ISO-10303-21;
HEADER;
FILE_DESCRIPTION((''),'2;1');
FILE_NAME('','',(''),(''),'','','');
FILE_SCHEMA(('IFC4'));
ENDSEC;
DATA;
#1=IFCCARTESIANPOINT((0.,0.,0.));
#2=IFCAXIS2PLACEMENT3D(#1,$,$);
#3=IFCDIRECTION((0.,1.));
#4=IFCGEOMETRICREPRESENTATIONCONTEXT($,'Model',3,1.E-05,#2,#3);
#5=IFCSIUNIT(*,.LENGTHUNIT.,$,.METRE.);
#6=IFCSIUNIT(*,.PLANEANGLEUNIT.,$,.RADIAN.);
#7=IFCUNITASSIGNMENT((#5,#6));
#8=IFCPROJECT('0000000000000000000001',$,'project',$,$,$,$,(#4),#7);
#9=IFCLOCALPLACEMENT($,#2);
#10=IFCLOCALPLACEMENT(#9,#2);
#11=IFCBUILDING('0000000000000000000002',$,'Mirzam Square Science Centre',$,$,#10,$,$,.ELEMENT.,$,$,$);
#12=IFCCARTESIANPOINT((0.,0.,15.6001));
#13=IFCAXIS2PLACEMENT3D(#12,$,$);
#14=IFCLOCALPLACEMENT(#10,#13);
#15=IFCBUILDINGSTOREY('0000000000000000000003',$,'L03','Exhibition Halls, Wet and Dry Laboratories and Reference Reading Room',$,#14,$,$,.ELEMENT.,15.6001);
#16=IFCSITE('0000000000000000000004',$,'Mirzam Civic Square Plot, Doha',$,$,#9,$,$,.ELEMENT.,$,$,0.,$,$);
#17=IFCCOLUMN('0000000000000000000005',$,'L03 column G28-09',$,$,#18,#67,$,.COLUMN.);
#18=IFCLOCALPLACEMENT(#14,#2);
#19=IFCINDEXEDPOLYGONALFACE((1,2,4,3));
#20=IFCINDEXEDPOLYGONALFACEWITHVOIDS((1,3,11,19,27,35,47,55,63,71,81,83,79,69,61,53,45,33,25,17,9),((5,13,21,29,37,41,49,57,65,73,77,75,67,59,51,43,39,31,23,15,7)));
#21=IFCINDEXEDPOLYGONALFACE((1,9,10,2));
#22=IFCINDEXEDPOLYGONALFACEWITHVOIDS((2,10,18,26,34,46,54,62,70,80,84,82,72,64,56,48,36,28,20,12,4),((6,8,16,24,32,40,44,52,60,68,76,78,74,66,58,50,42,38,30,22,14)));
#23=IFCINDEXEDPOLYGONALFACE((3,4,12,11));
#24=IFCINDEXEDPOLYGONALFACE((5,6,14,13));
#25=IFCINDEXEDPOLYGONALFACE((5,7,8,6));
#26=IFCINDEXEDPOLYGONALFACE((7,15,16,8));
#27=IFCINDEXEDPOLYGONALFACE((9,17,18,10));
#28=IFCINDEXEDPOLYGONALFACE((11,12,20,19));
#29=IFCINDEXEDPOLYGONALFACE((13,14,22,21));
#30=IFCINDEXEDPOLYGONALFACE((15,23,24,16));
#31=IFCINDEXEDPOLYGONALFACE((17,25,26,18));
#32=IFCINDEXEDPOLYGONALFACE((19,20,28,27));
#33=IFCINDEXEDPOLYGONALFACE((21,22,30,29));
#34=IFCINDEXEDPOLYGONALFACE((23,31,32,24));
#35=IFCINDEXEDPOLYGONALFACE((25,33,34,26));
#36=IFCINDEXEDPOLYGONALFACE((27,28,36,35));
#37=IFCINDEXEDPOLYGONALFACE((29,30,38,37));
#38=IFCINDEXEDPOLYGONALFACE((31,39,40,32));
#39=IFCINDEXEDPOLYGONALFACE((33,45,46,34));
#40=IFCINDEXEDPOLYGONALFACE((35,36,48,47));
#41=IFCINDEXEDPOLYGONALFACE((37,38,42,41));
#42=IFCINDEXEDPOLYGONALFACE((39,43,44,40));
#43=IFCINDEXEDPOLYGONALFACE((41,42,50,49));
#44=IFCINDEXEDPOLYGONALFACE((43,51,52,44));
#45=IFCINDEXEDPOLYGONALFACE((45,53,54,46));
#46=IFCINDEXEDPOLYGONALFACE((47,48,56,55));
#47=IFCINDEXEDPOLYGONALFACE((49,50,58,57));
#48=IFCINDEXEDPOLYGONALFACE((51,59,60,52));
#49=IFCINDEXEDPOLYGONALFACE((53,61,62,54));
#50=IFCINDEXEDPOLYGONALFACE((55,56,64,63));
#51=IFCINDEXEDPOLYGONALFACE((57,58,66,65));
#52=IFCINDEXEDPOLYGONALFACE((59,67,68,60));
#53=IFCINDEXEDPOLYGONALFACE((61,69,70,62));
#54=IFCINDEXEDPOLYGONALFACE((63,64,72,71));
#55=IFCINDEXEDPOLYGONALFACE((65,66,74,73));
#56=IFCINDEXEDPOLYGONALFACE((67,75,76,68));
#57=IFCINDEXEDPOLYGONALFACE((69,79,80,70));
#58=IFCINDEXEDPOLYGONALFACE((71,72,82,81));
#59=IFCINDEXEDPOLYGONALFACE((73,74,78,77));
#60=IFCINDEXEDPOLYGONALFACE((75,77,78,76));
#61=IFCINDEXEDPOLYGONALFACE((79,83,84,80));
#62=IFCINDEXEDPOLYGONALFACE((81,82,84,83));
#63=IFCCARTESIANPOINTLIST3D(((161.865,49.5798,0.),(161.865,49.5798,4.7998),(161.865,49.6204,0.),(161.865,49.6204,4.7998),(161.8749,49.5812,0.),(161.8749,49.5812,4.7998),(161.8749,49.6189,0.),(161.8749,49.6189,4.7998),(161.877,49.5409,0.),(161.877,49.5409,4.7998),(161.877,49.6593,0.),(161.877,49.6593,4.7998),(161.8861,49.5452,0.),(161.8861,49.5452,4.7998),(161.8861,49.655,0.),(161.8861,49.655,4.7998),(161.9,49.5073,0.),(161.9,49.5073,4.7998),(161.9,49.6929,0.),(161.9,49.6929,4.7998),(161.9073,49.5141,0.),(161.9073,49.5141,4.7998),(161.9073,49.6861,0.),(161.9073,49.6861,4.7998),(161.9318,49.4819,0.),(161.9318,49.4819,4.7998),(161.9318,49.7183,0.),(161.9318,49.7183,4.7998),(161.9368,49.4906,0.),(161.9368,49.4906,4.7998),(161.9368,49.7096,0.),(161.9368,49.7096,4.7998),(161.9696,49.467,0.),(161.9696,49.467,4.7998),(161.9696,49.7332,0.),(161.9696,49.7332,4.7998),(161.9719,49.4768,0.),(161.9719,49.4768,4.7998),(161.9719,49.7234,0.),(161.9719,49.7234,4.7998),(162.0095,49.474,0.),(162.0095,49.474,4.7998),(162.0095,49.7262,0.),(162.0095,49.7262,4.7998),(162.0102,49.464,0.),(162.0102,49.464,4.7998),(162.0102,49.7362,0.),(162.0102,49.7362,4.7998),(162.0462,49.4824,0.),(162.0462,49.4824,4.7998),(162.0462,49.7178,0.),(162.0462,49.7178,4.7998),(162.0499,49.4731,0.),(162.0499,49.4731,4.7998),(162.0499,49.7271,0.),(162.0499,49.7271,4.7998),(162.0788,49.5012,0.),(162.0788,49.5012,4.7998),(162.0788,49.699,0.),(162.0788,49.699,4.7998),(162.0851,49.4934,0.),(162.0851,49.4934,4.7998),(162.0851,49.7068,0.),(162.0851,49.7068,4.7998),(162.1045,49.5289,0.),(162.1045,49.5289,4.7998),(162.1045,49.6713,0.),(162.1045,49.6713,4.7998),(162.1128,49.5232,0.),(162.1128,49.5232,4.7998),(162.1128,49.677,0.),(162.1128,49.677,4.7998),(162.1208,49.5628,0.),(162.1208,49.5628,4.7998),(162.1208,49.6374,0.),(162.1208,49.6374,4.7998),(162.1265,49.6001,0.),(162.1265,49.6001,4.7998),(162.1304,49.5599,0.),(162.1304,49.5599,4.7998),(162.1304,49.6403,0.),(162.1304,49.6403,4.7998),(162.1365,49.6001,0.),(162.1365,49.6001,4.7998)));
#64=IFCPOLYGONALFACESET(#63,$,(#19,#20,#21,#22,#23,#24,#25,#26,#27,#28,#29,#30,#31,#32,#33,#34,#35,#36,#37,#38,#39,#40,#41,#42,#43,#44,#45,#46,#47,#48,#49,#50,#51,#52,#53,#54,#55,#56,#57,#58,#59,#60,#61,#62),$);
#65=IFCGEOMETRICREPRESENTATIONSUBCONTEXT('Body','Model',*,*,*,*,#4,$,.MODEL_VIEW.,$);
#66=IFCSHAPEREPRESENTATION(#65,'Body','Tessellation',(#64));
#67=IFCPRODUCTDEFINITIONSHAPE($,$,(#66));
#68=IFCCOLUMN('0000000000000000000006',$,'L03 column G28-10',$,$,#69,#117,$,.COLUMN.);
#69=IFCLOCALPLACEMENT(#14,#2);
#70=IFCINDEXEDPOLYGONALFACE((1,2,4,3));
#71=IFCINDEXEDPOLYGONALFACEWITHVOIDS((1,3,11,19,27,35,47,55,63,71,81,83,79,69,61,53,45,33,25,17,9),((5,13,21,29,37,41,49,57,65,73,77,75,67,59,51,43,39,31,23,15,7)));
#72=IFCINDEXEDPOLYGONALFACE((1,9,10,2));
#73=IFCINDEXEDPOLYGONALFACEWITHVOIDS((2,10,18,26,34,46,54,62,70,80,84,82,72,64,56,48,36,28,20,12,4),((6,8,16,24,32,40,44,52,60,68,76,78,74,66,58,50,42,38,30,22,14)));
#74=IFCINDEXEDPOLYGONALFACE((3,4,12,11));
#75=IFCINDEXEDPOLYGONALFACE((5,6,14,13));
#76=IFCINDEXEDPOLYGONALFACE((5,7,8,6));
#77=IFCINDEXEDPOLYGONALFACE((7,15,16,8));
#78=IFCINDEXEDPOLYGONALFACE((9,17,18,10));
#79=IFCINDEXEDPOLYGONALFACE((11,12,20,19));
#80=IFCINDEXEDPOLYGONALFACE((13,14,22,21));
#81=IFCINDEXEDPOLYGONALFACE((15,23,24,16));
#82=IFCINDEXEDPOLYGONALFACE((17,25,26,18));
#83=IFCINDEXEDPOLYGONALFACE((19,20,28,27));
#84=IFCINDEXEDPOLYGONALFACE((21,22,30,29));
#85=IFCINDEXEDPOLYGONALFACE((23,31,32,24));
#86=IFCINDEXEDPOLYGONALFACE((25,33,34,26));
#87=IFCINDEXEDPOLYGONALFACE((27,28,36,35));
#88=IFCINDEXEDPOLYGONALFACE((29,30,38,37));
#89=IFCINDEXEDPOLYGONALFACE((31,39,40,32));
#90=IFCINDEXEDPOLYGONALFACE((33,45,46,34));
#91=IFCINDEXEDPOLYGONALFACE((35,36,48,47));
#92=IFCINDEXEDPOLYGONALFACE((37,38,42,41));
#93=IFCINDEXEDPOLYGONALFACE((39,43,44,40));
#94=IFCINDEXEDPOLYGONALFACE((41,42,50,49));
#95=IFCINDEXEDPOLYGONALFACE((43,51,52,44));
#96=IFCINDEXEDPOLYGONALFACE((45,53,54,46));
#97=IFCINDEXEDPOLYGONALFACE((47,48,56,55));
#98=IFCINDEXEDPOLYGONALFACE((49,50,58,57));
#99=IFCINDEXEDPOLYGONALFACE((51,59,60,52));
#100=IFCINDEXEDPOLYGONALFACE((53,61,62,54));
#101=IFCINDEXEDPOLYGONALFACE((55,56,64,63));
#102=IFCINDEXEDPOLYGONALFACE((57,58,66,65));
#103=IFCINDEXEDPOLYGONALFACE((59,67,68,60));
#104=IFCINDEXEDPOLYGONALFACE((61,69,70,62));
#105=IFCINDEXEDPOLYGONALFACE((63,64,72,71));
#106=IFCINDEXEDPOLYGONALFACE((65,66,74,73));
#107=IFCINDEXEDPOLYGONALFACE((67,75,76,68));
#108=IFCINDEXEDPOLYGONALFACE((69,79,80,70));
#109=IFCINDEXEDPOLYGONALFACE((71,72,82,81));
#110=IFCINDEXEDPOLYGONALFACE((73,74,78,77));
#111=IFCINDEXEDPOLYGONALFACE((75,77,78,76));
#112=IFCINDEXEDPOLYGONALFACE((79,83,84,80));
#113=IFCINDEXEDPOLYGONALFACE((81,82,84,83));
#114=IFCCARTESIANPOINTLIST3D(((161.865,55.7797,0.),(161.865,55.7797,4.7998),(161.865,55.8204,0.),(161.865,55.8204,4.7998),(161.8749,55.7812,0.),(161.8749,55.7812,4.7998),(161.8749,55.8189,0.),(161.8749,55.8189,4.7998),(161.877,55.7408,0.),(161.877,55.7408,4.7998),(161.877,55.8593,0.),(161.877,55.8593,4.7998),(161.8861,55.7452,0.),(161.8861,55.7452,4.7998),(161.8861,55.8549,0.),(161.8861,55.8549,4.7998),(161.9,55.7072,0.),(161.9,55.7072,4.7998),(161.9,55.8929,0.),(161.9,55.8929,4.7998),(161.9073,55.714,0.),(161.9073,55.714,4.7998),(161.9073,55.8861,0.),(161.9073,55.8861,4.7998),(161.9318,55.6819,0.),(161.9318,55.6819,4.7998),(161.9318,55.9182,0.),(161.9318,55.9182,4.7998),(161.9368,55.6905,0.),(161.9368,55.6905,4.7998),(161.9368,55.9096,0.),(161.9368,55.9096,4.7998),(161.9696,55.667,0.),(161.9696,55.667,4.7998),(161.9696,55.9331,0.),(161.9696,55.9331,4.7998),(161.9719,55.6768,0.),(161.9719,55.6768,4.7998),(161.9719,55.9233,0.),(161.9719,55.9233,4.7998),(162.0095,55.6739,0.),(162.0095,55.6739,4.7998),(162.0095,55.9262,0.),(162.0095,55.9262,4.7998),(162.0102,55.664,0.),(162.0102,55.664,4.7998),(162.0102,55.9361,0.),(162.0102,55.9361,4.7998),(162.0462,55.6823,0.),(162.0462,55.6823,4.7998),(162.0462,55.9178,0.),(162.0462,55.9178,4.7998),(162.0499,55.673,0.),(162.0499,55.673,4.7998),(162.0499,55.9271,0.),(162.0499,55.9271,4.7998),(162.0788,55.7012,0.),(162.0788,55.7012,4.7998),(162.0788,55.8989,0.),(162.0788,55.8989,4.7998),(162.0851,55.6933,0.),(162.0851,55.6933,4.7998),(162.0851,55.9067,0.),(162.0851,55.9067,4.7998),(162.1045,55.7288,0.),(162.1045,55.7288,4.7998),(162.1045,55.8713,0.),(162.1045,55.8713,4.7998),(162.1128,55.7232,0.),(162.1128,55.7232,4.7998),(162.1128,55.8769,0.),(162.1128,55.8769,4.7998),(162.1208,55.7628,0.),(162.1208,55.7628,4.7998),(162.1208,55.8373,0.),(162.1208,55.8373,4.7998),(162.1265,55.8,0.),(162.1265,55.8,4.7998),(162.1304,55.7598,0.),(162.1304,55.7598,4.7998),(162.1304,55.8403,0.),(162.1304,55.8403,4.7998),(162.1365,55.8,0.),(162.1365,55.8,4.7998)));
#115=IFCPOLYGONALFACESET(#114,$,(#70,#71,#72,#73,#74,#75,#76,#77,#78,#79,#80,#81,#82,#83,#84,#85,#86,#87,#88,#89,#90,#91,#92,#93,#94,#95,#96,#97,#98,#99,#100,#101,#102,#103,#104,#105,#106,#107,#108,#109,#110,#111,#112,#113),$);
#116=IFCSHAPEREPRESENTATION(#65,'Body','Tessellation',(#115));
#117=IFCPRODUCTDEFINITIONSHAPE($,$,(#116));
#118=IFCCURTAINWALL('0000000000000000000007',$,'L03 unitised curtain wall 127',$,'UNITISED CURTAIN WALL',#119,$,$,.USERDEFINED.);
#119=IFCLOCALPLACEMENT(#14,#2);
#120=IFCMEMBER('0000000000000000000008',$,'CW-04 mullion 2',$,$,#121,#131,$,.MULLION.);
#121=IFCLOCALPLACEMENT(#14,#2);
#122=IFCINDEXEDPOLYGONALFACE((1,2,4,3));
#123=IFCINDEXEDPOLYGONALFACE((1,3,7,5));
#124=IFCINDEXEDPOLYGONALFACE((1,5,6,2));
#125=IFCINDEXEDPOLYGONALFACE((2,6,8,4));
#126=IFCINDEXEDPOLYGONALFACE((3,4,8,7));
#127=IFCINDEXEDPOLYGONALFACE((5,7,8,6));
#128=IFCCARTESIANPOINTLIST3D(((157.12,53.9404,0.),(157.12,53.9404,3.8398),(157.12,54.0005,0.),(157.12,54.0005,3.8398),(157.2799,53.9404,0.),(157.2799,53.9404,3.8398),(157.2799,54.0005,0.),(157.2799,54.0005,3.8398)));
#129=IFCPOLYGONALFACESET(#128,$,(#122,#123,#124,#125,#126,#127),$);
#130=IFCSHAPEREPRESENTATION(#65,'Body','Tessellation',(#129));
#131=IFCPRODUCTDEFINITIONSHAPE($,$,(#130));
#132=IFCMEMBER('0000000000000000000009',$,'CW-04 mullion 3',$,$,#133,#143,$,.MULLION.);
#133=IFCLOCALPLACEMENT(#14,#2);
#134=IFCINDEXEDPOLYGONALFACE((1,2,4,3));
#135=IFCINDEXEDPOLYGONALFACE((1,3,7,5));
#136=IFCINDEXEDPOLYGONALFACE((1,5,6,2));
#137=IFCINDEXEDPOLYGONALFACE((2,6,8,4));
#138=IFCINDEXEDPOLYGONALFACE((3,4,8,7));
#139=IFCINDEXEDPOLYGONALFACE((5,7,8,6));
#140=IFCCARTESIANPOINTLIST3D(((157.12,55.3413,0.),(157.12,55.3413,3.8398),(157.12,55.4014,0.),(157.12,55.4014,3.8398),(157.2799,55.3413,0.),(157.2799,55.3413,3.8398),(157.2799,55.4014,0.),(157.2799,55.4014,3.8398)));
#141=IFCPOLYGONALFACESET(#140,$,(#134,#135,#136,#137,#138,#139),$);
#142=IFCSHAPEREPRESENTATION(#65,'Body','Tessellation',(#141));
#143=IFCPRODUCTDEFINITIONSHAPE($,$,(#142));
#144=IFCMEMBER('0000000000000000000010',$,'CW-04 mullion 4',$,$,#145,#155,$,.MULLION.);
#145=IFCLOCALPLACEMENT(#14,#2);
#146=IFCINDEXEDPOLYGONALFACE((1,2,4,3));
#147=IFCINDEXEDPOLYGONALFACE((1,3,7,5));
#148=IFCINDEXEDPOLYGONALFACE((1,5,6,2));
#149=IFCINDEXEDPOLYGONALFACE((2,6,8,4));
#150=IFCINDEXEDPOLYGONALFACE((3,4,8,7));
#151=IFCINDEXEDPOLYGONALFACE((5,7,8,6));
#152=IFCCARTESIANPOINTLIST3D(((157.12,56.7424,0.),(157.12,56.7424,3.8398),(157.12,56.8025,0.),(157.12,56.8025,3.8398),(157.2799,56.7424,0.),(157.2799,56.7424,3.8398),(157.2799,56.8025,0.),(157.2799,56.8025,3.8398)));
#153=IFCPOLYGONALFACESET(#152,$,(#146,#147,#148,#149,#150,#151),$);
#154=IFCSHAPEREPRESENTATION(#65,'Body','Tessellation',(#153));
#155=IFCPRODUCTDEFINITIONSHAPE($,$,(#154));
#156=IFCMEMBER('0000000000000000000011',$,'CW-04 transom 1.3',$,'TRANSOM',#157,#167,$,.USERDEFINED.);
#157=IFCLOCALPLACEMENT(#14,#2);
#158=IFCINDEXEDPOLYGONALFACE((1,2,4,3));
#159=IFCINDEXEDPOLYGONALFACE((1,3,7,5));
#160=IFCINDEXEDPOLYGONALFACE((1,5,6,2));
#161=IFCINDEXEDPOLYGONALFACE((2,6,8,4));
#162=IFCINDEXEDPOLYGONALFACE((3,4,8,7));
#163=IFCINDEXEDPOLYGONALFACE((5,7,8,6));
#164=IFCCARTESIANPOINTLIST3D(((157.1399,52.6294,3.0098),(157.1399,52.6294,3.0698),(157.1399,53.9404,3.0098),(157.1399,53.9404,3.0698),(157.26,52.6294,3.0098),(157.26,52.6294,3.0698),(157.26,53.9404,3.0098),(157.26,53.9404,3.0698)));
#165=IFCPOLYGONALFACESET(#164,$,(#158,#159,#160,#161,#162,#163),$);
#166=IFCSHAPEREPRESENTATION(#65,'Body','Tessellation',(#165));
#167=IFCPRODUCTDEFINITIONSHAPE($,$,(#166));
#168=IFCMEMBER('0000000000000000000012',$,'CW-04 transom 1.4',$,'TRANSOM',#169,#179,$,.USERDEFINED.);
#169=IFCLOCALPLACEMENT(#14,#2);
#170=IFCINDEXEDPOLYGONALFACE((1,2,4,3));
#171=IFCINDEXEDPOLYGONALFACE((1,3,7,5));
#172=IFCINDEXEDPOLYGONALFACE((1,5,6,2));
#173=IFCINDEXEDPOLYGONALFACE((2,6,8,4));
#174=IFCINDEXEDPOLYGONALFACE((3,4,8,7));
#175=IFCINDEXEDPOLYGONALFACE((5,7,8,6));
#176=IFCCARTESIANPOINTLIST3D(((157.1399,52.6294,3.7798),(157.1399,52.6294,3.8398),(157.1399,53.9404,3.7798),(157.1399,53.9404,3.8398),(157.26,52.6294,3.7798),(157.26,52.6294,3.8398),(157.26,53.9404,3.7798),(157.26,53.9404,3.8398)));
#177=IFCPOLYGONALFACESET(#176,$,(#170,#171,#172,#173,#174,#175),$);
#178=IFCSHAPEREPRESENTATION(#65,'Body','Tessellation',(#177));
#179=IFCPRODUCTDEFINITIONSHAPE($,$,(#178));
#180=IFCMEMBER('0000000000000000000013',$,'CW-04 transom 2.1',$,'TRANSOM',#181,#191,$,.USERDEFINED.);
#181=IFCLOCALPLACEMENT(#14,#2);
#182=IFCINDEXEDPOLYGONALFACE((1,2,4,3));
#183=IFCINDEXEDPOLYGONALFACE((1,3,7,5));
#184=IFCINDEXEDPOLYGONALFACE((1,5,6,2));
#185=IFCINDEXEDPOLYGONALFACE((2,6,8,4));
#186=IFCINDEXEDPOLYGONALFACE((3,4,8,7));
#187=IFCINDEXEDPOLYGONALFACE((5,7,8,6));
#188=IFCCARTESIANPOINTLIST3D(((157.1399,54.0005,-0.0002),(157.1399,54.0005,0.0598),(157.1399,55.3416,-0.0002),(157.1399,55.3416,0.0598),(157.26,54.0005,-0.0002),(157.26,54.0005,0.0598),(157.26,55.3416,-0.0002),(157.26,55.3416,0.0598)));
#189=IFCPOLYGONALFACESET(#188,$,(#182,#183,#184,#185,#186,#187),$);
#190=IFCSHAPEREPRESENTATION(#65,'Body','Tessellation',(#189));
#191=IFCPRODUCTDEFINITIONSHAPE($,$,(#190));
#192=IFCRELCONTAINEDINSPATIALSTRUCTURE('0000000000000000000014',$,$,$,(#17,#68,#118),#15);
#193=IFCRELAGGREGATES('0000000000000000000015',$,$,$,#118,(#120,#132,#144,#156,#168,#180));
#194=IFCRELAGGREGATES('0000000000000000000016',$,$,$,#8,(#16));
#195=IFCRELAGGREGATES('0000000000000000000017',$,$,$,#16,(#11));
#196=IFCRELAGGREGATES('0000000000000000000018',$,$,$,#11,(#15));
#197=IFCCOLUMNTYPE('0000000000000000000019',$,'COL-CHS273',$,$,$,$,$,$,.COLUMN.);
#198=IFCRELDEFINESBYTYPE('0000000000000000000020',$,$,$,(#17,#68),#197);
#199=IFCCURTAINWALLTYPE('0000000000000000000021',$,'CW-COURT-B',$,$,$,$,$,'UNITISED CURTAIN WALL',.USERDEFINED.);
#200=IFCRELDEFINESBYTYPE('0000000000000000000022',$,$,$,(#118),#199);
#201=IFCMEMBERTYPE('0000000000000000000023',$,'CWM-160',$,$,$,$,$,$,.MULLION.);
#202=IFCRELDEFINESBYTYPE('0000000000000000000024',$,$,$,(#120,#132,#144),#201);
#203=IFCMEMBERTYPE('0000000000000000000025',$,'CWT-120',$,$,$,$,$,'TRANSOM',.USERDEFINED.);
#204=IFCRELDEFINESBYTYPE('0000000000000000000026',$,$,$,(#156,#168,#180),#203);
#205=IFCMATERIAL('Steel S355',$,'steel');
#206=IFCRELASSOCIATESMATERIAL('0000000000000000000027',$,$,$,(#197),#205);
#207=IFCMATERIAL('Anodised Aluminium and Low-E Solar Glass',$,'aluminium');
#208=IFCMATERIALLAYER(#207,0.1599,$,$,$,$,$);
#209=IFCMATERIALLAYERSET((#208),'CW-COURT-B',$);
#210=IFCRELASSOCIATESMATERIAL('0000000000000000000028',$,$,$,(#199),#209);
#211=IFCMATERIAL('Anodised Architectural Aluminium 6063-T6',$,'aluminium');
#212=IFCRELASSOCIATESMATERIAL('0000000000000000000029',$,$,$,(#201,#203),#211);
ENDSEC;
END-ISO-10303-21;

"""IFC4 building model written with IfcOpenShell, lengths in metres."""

from ifc_helpers import new_model, si_unit, direction, frame, origin, origin_2d, place, context, subcontext, project, spatial, rectangle, hollow_circle, extrude, material, layer, layer_set, material_profile, profile_set, type_object, element, aggregate, save


model = new_model("IFC4")

# Units and contexts
model_context = context("Model", 3, precision=1e-05, world=origin(), true_north=direction((0.0, 1.0)))
body_context = subcontext(model_context, "Body", "Model", "MODEL_VIEW")
ifc_project = project(units=[si_unit("LENGTHUNIT", "METRE"), si_unit("PLANEANGLEUNIT", "RADIAN")], contexts=[model_context])

# Site, building, storey
site_placement = place(None, origin())
site = spatial("IfcSite", under=ifc_project, at=site_placement, Name="Mirzam Civic Square Plot, Doha", CompositionType="ELEMENT", RefElevation=0.0)
building_placement = place(site_placement, origin())
building = spatial("IfcBuilding", under=site, at=building_placement, Name="Mirzam Square Science Centre", CompositionType="ELEMENT")
storey_placement = place(building_placement, frame((0.0, 0.0, 15.6001)))
storey = spatial("IfcBuildingStorey", under=building, at=storey_placement, Name="L03", Description="Exhibition Halls, Wet and Dry Laboratories and Reference Reading Room", CompositionType="ELEMENT", Elevation=15.6001)

# Columns
ifc_material_1 = material(Name="Steel S355", Category="steel")
ifc_material_profile_1 = material_profile(ifc_material_1, hollow_circle(Radius=0.1365, WallThickness=0.01, at=origin_2d()), Name="273.0x10.0CHS")
ifc_profile_set_1 = profile_set([ifc_material_profile_1], Name="Steel S355")
column_type = type_object("IfcColumnType", Name="COL-CHS273", PredefinedType="COLUMN", material=ifc_profile_set_1)
for number, where, z_axis, x_axis, name in (
    (1, (162.0, 49.6001, 0.0), (0.0, 0.0, 1.0), (1.0, 0.0, 0.0), "L03 column G28-09"),
    (2, (162.0, 55.8, 0.0), (0.0, 0.0, 1.0), (1.0, 0.0, 0.0), "L03 column G28-10"),
):
    element("IfcColumn", number, at=place(storey_placement, frame(where, z_axis=z_axis, x_axis=x_axis)), inside=storey, type_object=column_type, Name=name, PredefinedType="COLUMN", context=body_context, shape_type="SweptSolid", body=[
        extrude(hollow_circle(Radius=0.1365, WallThickness=0.01, at=origin_2d()), origin(), (0.0, 0.0, 1.0), 4.7998),
    ])

# Curtain wall, members
ifc_material_2 = material(Name="Anodised Aluminium and Low-E Solar Glass", Category="aluminium")
ifc_layer_1 = layer(ifc_material_2, 0.1599)
ifc_layer_set_1 = layer_set([ifc_layer_1], Name="CW-COURT-B")
curtain_wall_type = type_object("IfcCurtainWallType", Name="CW-COURT-B", ElementType="UNITISED CURTAIN WALL", PredefinedType="USERDEFINED", material=ifc_layer_set_1)
curtain_wall_placement = place(storey_placement, origin())
curtain_wall = element("IfcCurtainWall", 3, at=curtain_wall_placement, inside=storey, type_object=curtain_wall_type, Name="L03 unitised curtain wall 127", ObjectType="UNITISED CURTAIN WALL", PredefinedType="USERDEFINED")
ifc_material_3 = material(Name="Anodised Architectural Aluminium 6063-T6", Category="aluminium")
ifc_material_profile_2 = material_profile(ifc_material_3, rectangle(XDim=0.0601, YDim=0.1599, at=origin_2d()), Name="ALU-MULL-160x60x4")
ifc_profile_set_2 = profile_set([ifc_material_profile_2], Name="Anodised Architectural Aluminium 6063-T6")
member_type_1 = type_object("IfcMemberType", Name="CWM-160", PredefinedType="MULLION", material=ifc_profile_set_2)
member_1_placement = place(storey_placement, frame((157.2, 53.9705, 0.0), z_axis=(0.0, 0.0, 1.0), x_axis=(0.0, 1.0, 0.0)))
member_1 = element("IfcMember", 4, at=member_1_placement, type_object=member_type_1, Name="CW-04 mullion 2", PredefinedType="MULLION", context=body_context, shape_type="SweptSolid", body=[
    extrude(rectangle(XDim=0.0601, YDim=0.1599, at=origin_2d()), origin(), (0.0, 0.0, 1.0), 3.8398),
])
member_2_placement = place(storey_placement, frame((157.2, 55.3713, 0.0), z_axis=(0.0, 0.0, 1.0), x_axis=(0.0, 1.0, 0.0)))
member_2 = element("IfcMember", 5, at=member_2_placement, type_object=member_type_1, Name="CW-04 mullion 3", PredefinedType="MULLION", context=body_context, shape_type="SweptSolid", body=[
    extrude(rectangle(XDim=0.0601, YDim=0.1599, at=origin_2d()), origin(), (0.0, 0.0, 1.0), 3.8398),
])
member_3_placement = place(storey_placement, frame((157.2, 56.7725, 0.0), z_axis=(0.0, 0.0, 1.0), x_axis=(0.0, 1.0, 0.0)))
member_3 = element("IfcMember", 6, at=member_3_placement, type_object=member_type_1, Name="CW-04 mullion 4", PredefinedType="MULLION", context=body_context, shape_type="SweptSolid", body=[
    extrude(rectangle(XDim=0.0601, YDim=0.1599, at=origin_2d()), origin(), (0.0, 0.0, 1.0), 3.8398),
])
ifc_material_profile_3 = material_profile(ifc_material_3, rectangle(XDim=0.1201, YDim=0.0601, at=origin_2d()), Name="ALU-TRAN-120x60x4")
ifc_profile_set_3 = profile_set([ifc_material_profile_3], Name="Anodised Architectural Aluminium 6063-T6")
member_type_2 = type_object("IfcMemberType", Name="CWT-120", ElementType="TRANSOM", PredefinedType="USERDEFINED", material=ifc_profile_set_3)
member_4_placement = place(storey_placement, frame((157.2, 52.6294, 3.0398), z_axis=(0.0, 1.0, 0.0), x_axis=(-1.0, 0.0, 0.0)))
member_4 = element("IfcMember", 7, at=member_4_placement, type_object=member_type_2, Name="CW-04 transom 1.3", ObjectType="TRANSOM", PredefinedType="USERDEFINED", context=body_context, shape_type="SweptSolid", body=[
    extrude(rectangle(XDim=0.1201, YDim=0.0601, at=origin_2d()), origin(), (0.0, 0.0, 1.0), 1.311),
])
member_5_placement = place(storey_placement, frame((157.2, 52.6294, 3.8098), z_axis=(0.0, 1.0, 0.0), x_axis=(-1.0, 0.0, 0.0)))
member_5 = element("IfcMember", 8, at=member_5_placement, type_object=member_type_2, Name="CW-04 transom 1.4", ObjectType="TRANSOM", PredefinedType="USERDEFINED", context=body_context, shape_type="SweptSolid", body=[
    extrude(rectangle(XDim=0.1201, YDim=0.0601, at=origin_2d()), origin(), (0.0, 0.0, 1.0), 1.311),
])
member_6_placement = place(storey_placement, frame((157.2, 54.0005, 0.0298), z_axis=(0.0, 1.0, 0.0), x_axis=(-1.0, 0.0, 0.0)))
member_6 = element("IfcMember", 9, at=member_6_placement, type_object=member_type_2, Name="CW-04 transom 2.1", ObjectType="TRANSOM", PredefinedType="USERDEFINED", context=body_context, shape_type="SweptSolid", body=[
    extrude(rectangle(XDim=0.1201, YDim=0.0601, at=origin_2d()), origin(), (0.0, 0.0, 1.0), 1.3411),
])

aggregate(curtain_wall, [member_1, member_2, member_3, member_4, member_5, member_6])

save(model, "model.ifc")
